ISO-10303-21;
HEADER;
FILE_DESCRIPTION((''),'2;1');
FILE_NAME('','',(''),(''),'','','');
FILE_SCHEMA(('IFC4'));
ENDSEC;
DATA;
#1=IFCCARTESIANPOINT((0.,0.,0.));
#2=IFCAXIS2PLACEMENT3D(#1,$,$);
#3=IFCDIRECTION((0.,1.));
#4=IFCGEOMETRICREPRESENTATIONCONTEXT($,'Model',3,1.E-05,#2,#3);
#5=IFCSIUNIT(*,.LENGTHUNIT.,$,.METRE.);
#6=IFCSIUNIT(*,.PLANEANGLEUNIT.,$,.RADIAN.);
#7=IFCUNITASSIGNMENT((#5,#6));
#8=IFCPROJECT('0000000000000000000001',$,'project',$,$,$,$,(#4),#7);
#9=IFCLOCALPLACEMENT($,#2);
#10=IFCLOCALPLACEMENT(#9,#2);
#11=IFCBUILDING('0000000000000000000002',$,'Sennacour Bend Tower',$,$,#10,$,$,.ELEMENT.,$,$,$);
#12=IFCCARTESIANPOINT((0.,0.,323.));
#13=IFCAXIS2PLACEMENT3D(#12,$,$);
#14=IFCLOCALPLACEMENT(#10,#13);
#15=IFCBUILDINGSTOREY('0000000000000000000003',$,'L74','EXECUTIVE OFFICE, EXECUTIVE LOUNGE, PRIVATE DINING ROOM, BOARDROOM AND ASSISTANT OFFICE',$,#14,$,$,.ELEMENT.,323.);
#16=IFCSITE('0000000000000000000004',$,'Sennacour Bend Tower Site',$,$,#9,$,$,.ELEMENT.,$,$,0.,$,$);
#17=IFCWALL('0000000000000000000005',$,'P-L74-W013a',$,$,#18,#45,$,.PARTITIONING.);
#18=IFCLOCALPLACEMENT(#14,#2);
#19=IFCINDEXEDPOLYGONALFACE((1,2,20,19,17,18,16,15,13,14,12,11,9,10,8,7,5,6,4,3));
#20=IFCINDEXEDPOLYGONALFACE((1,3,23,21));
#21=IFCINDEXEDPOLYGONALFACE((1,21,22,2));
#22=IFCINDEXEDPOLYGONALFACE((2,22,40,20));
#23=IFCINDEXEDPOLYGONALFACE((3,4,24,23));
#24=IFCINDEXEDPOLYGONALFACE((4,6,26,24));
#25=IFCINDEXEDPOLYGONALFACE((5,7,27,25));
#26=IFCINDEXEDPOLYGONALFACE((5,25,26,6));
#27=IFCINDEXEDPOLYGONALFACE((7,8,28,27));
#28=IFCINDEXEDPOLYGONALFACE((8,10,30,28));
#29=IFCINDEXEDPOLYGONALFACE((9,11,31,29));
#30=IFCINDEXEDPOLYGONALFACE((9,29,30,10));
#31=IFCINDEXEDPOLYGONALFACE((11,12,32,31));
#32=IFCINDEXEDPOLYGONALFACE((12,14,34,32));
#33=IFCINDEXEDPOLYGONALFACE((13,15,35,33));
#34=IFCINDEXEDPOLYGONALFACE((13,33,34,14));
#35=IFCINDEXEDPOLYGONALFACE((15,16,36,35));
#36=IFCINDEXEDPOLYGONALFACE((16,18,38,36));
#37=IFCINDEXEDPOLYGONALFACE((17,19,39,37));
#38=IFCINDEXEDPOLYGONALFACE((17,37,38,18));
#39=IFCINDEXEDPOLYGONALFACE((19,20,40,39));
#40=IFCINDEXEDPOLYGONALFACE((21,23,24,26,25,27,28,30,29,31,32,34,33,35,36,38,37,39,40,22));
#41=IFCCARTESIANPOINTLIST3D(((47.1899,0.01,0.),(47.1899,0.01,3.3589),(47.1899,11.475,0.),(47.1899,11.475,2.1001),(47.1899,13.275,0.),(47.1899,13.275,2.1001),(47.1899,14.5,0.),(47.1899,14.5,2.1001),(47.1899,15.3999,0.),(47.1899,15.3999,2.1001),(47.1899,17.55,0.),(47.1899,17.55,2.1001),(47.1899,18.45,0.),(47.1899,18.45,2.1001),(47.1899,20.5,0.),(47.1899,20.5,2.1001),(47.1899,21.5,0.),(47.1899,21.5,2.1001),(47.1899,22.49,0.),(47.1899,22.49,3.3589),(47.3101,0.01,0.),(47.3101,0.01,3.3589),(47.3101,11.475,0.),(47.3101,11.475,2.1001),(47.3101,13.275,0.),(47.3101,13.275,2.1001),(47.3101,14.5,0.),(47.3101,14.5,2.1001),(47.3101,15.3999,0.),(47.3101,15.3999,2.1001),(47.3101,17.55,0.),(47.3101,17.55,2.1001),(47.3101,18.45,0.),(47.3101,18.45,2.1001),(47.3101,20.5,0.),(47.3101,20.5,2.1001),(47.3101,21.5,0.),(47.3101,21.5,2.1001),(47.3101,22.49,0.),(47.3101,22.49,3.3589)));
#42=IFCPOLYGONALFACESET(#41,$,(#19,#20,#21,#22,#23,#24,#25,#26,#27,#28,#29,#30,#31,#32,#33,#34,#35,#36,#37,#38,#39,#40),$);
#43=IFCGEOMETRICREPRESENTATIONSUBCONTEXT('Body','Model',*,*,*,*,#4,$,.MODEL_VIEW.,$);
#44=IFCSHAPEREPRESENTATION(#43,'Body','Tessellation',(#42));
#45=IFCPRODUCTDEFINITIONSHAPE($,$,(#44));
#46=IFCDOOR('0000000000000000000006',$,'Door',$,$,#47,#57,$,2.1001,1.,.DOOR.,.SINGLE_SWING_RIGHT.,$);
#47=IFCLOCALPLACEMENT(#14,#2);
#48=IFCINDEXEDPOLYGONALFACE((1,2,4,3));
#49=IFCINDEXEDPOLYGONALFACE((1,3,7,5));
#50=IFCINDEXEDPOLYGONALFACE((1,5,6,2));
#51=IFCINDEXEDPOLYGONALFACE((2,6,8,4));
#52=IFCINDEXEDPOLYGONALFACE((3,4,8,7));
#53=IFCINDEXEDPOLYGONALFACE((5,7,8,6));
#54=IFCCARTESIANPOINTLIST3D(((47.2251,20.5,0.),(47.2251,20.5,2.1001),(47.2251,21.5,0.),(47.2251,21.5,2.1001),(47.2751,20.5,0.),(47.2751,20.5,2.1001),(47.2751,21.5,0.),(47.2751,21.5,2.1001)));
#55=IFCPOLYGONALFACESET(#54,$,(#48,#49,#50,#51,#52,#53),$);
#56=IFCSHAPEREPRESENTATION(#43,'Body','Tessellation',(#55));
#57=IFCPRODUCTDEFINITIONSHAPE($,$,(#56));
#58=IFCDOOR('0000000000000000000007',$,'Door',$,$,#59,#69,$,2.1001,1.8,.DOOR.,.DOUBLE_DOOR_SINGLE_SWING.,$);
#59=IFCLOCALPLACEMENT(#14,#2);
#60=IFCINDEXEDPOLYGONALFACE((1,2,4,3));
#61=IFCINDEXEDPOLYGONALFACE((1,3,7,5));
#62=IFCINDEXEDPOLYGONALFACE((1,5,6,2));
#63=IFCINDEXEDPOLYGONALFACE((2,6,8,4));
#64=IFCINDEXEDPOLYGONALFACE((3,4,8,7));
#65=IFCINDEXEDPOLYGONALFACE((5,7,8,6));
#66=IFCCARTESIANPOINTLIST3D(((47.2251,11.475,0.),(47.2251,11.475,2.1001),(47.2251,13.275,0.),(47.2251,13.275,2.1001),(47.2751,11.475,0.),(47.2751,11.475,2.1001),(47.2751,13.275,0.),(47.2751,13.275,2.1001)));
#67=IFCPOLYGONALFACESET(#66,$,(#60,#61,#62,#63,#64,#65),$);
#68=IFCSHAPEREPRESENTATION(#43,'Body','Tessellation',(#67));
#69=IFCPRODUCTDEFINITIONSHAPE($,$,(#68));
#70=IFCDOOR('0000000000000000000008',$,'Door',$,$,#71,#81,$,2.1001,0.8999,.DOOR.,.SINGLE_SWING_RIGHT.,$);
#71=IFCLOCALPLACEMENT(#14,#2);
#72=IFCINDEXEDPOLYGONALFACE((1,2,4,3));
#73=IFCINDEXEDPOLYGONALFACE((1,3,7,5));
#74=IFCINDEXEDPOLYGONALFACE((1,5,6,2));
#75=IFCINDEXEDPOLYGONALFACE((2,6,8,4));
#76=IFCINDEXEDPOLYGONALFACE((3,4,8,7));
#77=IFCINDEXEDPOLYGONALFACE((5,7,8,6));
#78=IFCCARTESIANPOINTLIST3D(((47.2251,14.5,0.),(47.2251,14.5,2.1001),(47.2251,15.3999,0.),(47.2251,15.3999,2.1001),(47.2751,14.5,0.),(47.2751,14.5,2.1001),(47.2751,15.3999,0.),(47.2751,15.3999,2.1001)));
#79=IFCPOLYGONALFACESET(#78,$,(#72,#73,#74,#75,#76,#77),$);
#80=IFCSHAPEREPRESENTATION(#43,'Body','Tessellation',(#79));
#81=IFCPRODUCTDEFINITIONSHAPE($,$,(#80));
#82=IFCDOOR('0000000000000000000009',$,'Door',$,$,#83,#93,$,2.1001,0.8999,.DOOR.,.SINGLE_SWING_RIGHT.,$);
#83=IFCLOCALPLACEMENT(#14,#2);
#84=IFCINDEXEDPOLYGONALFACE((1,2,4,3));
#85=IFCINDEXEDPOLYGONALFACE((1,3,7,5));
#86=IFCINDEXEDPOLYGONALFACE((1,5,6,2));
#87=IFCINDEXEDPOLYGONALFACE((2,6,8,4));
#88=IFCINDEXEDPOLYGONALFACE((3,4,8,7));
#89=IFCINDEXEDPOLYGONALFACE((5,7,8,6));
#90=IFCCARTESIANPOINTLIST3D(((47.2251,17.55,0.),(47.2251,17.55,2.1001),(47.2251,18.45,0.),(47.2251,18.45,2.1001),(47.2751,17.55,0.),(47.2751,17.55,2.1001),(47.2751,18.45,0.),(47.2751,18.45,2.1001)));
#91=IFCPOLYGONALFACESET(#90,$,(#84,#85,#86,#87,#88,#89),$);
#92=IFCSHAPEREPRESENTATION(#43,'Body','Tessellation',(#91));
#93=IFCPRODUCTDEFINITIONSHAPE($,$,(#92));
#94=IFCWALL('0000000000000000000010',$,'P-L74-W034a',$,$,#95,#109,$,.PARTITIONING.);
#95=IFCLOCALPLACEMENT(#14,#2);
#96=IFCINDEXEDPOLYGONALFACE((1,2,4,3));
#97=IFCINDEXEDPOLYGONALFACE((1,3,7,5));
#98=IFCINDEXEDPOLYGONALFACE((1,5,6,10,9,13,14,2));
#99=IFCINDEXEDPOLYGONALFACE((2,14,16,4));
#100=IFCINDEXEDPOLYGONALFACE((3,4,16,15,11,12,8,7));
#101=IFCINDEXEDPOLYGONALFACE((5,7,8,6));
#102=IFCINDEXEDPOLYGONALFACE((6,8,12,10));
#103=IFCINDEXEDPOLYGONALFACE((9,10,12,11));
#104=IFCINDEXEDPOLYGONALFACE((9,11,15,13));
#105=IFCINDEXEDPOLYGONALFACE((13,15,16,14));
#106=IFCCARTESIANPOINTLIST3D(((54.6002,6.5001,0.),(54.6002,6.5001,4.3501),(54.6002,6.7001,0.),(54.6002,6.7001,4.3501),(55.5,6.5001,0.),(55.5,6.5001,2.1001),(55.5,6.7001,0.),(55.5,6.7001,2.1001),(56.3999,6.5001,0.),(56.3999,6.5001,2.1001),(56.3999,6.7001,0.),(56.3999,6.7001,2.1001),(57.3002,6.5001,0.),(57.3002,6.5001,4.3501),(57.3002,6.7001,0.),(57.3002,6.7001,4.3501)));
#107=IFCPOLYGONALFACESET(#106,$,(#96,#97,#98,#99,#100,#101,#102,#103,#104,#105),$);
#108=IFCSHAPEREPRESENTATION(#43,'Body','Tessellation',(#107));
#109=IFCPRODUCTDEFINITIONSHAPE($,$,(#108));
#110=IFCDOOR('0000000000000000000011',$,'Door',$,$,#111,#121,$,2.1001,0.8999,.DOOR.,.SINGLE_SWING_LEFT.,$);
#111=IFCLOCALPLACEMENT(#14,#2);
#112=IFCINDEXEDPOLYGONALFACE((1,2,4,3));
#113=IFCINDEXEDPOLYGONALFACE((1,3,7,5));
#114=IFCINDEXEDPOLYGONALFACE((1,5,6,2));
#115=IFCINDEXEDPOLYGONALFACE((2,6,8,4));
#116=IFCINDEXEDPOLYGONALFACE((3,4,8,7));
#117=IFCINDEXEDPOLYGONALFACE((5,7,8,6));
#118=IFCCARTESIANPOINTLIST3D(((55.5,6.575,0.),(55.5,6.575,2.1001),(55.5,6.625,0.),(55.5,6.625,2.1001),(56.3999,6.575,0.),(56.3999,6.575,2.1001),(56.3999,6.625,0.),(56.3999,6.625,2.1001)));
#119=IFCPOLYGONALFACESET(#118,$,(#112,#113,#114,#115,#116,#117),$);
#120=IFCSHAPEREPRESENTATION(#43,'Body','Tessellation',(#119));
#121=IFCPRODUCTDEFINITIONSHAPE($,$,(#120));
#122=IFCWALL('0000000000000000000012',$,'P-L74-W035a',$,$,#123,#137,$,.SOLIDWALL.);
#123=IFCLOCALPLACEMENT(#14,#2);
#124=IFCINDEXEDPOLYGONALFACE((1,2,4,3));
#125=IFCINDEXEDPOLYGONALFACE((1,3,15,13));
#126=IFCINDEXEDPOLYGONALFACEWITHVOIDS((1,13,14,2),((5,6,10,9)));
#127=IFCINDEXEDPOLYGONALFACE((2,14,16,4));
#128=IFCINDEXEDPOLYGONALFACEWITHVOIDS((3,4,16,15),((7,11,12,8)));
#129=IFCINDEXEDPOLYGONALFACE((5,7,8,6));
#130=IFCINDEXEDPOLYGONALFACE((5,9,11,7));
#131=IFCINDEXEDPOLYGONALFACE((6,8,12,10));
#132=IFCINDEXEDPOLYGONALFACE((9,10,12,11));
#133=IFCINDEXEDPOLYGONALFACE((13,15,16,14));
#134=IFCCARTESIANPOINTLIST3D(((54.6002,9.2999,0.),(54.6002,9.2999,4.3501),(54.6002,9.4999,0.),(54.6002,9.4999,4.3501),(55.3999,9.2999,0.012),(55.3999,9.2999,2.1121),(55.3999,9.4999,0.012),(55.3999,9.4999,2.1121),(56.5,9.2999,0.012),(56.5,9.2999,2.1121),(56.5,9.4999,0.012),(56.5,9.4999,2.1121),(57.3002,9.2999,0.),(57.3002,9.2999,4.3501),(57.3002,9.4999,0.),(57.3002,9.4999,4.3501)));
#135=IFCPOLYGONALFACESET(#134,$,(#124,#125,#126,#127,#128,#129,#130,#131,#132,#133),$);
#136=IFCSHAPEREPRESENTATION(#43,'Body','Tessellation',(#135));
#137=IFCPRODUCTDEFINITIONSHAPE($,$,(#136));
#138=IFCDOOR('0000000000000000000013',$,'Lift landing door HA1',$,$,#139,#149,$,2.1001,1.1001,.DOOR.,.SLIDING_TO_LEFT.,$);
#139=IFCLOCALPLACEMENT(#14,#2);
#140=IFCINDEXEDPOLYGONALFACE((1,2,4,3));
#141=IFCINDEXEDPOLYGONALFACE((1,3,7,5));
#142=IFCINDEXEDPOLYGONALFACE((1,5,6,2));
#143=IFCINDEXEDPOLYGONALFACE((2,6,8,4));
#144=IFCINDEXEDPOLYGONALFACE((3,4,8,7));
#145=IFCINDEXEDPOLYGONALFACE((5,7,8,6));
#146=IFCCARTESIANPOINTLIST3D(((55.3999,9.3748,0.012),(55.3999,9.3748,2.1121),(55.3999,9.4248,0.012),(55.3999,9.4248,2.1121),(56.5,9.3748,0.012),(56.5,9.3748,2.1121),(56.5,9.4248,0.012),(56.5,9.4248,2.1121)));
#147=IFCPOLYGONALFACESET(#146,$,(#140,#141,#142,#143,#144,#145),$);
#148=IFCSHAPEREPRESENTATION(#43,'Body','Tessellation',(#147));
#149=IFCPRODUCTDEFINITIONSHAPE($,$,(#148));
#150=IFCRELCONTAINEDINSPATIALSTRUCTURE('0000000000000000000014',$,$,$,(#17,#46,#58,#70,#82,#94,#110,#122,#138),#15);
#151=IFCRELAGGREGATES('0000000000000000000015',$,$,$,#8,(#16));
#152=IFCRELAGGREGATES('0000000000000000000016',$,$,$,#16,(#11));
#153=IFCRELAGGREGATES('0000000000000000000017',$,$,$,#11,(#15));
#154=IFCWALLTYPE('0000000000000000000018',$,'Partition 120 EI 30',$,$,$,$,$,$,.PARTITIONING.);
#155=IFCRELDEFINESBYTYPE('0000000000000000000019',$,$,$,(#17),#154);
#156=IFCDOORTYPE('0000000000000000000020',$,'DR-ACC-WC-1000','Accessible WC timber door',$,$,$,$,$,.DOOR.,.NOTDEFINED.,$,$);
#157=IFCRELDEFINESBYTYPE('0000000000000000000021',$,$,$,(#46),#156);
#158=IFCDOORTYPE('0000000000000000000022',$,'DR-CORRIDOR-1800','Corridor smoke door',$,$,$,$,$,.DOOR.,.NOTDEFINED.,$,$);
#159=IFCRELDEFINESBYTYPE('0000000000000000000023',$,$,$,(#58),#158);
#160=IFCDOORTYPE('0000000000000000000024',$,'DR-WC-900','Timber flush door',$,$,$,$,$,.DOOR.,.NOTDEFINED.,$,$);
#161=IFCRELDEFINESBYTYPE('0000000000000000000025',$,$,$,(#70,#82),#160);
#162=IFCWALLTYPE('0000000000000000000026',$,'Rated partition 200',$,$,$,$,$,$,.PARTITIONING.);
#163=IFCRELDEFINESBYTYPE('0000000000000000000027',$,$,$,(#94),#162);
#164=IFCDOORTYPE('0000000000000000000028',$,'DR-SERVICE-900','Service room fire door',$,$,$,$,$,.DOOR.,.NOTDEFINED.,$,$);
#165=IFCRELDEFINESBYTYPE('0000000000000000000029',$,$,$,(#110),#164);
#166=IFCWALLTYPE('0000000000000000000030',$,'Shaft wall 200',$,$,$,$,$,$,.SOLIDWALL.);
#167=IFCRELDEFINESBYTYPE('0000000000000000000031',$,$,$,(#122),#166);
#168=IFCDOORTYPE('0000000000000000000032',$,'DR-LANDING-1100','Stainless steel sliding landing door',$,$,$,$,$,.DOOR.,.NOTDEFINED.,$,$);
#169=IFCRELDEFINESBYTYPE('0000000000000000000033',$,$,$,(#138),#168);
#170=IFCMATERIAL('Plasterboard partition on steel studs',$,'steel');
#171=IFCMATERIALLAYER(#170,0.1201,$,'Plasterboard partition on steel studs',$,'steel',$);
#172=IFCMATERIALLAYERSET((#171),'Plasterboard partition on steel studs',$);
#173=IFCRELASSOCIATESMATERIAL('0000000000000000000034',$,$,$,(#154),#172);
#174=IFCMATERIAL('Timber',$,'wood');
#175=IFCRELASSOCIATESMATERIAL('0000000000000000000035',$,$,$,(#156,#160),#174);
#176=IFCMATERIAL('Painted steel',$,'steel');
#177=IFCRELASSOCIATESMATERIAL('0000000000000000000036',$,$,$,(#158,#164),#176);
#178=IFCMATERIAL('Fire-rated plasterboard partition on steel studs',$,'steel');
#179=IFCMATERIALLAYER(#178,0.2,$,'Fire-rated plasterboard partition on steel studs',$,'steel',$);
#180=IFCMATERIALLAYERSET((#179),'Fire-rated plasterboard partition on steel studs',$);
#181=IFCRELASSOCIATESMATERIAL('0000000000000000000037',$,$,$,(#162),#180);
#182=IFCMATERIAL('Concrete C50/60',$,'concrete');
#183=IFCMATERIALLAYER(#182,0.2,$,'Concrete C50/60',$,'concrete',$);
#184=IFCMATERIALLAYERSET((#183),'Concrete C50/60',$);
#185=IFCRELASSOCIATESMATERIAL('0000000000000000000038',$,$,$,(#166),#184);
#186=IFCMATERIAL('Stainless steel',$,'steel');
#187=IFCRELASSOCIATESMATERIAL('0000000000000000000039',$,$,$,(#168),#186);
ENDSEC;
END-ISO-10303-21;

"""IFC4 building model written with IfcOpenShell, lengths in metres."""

from ifc_helpers import new_model, si_unit, direction, frame, frame_2d, origin, place, context, subcontext, project, spatial, rectangle, extrude, material, layer, layer_set, type_object, element, fill, save


model = new_model("IFC4")

# Units and contexts
model_context = context("Model", 3, precision=1e-05, world=origin(), true_north=direction((0.0, 1.0)))
body_context = subcontext(model_context, "Body", "Model", "MODEL_VIEW")
ifc_project = project(units=[si_unit("LENGTHUNIT", "METRE"), si_unit("PLANEANGLEUNIT", "RADIAN")], contexts=[model_context])

# Site, building, storey
site_placement = place(None, origin())
site = spatial("IfcSite", under=ifc_project, at=site_placement, Name="Sennacour Bend Tower Site", CompositionType="ELEMENT", RefElevation=0.0)
building_placement = place(site_placement, origin())
building = spatial("IfcBuilding", under=site, at=building_placement, Name="Sennacour Bend Tower", CompositionType="ELEMENT")
storey_placement = place(building_placement, frame((0.0, 0.0, 323.0)))
storey = spatial("IfcBuildingStorey", under=building, at=storey_placement, Name="L74", Description="EXECUTIVE OFFICE, EXECUTIVE LOUNGE, PRIVATE DINING ROOM, BOARDROOM AND ASSISTANT OFFICE", CompositionType="ELEMENT", Elevation=323.0)

# Wall, openings, doors
ifc_material_1 = material(Name="Concrete C50/60", Category="concrete")
ifc_material_2 = material(Name="Painted steel", Category="steel")
ifc_material_3 = material(Name="Plasterboard partition on steel studs", Category="steel")
ifc_layer_1 = layer(ifc_material_3, 0.1201, Name="Plasterboard partition on steel studs", Category="steel")
ifc_layer_set_1 = layer_set([ifc_layer_1], Name="Plasterboard partition on steel studs")
wall_type_1 = type_object("IfcWallType", Name="Partition 120 EI 30", PredefinedType="PARTITIONING", material=ifc_layer_set_1)
wall_1_placement = place(storey_placement, frame((47.25, 0.01, 0.0), z_axis=(0.0, 0.0, 1.0), x_axis=(0.0, 1.0, 0.0)))
wall_1 = element("IfcWall", 1, at=wall_1_placement, inside=storey, type_object=wall_type_1, Name="P-L74-W013a", PredefinedType="PARTITIONING", context=body_context, shape_type="SweptSolid", body=[
    extrude(rectangle(XDim=22.48, YDim=0.1201, at=frame_2d((11.24, 0.0))), origin(), (0.0, 0.0, 1.0), 3.3589),
])
opening_1_placement = place(wall_1_placement, frame((11.4651, 0.0, 0.0)))
opening_1 = element("IfcOpeningElement", 2, at=opening_1_placement, cuts=wall_1, PredefinedType="OPENING", context=body_context, shape_type="SweptSolid", body=[
    extrude(rectangle(XDim=1.8, YDim=2.1001, at=frame_2d((0.8999, 1.05))), frame((0.0, 0.0701, 0.0), z_axis=(0.0, -1.0, 0.0), x_axis=(1.0, 0.0, 0.0)), (0.0, 0.0, 1.0), 0.1401),
])
opening_2_placement = place(wall_1_placement, frame((14.49, 0.0, 0.0)))
opening_2 = element("IfcOpeningElement", 3, at=opening_2_placement, cuts=wall_1, PredefinedType="OPENING", context=body_context, shape_type="SweptSolid", body=[
    extrude(rectangle(XDim=0.8999, YDim=2.1001, at=frame_2d((0.45, 1.05))), frame((0.0, 0.0701, 0.0), z_axis=(0.0, -1.0, 0.0), x_axis=(1.0, 0.0, 0.0)), (0.0, 0.0, 1.0), 0.1401),
])
opening_3_placement = place(wall_1_placement, frame((17.54, 0.0, 0.0)))
opening_3 = element("IfcOpeningElement", 4, at=opening_3_placement, cuts=wall_1, PredefinedType="OPENING", context=body_context, shape_type="SweptSolid", body=[
    extrude(rectangle(XDim=0.8999, YDim=2.1001, at=frame_2d((0.45, 1.05))), frame((0.0, 0.0701, 0.0), z_axis=(0.0, -1.0, 0.0), x_axis=(1.0, 0.0, 0.0)), (0.0, 0.0, 1.0), 0.1401),
])
opening_4_placement = place(wall_1_placement, frame((20.49, 0.0, 0.0)))
opening_4 = element("IfcOpeningElement", 5, at=opening_4_placement, cuts=wall_1, PredefinedType="OPENING", context=body_context, shape_type="SweptSolid", body=[
    extrude(rectangle(XDim=1.0, YDim=2.1001, at=frame_2d((0.5, 1.05))), frame((0.0, 0.0701, 0.0), z_axis=(0.0, -1.0, 0.0), x_axis=(1.0, 0.0, 0.0)), (0.0, 0.0, 1.0), 0.1401),
])
ifc_material_4 = material(Name="Timber", Category="wood")
door_type_1 = type_object("IfcDoorType", Name="DR-ACC-WC-1000", Description="Accessible WC timber door", OperationType="NOTDEFINED", PredefinedType="DOOR", material=ifc_material_4)
door_1_placement = place(opening_4_placement, origin())
door_1 = element("IfcDoor", 6, at=door_1_placement, inside=storey, type_object=door_type_1, Name="Door", OperationType="SINGLE_SWING_RIGHT", OverallHeight=2.1001, OverallWidth=1.0, PredefinedType="DOOR", context=body_context, shape_type="SweptSolid", body=[
    extrude(rectangle(XDim=1.0, YDim=2.1001, at=frame_2d((0.5, 1.05))), frame((0.0, 0.0249, 0.0), z_axis=(0.0, -1.0, 0.0), x_axis=(1.0, 0.0, 0.0)), (0.0, 0.0, 1.0), 0.05),
])
fill(opening_4, door_1)
door_type_2 = type_object("IfcDoorType", Name="DR-CORRIDOR-1800", Description="Corridor smoke door", OperationType="NOTDEFINED", PredefinedType="DOOR", material=ifc_material_2)
door_2_placement = place(opening_1_placement, origin())
door_2 = element("IfcDoor", 7, at=door_2_placement, inside=storey, type_object=door_type_2, Name="Door", OperationType="DOUBLE_DOOR_SINGLE_SWING", OverallHeight=2.1001, OverallWidth=1.8, PredefinedType="DOOR", context=body_context, shape_type="SweptSolid", body=[
    extrude(rectangle(XDim=1.8, YDim=2.1001, at=frame_2d((0.8999, 1.05))), frame((0.0, 0.0249, 0.0), z_axis=(0.0, -1.0, 0.0), x_axis=(1.0, 0.0, 0.0)), (0.0, 0.0, 1.0), 0.05),
])
fill(opening_1, door_2)
door_type_3 = type_object("IfcDoorType", Name="DR-WC-900", Description="Timber flush door", OperationType="NOTDEFINED", PredefinedType="DOOR", material=ifc_material_4)
door_3_placement = place(opening_2_placement, origin())
door_3 = element("IfcDoor", 8, at=door_3_placement, inside=storey, type_object=door_type_3, Name="Door", OperationType="SINGLE_SWING_RIGHT", OverallHeight=2.1001, OverallWidth=0.8999, PredefinedType="DOOR", context=body_context, shape_type="SweptSolid", body=[
    extrude(rectangle(XDim=0.8999, YDim=2.1001, at=frame_2d((0.45, 1.05))), frame((0.0, 0.0249, 0.0), z_axis=(0.0, -1.0, 0.0), x_axis=(1.0, 0.0, 0.0)), (0.0, 0.0, 1.0), 0.05),
])
fill(opening_2, door_3)
door_4_placement = place(opening_3_placement, origin())
door_4 = element("IfcDoor", 9, at=door_4_placement, inside=storey, type_object=door_type_3, Name="Door", OperationType="SINGLE_SWING_RIGHT", OverallHeight=2.1001, OverallWidth=0.8999, PredefinedType="DOOR", context=body_context, shape_type="SweptSolid", body=[
    extrude(rectangle(XDim=0.8999, YDim=2.1001, at=frame_2d((0.45, 1.05))), frame((0.0, 0.0249, 0.0), z_axis=(0.0, -1.0, 0.0), x_axis=(1.0, 0.0, 0.0)), (0.0, 0.0, 1.0), 0.05),
])
fill(opening_3, door_4)

# Walls, openings, doors
ifc_material_5 = material(Name="Fire-rated plasterboard partition on steel studs", Category="steel")
ifc_layer_2 = layer(ifc_material_5, 0.2, Name="Fire-rated plasterboard partition on steel studs", Category="steel")
ifc_layer_set_2 = layer_set([ifc_layer_2], Name="Fire-rated plasterboard partition on steel studs")
wall_type_2 = type_object("IfcWallType", Name="Rated partition 200", PredefinedType="PARTITIONING", material=ifc_layer_set_2)
wall_2_placement = place(storey_placement, frame((54.6001, 6.6001, 0.0), z_axis=(0.0, 0.0, 1.0), x_axis=(1.0, 0.0, 0.0)))
wall_2 = element("IfcWall", 10, at=wall_2_placement, inside=storey, type_object=wall_type_2, Name="P-L74-W034a", PredefinedType="PARTITIONING", context=body_context, shape_type="SweptSolid", body=[
    extrude(rectangle(XDim=2.7, YDim=0.2, at=frame_2d((1.3501, 0.0))), origin(), (0.0, 0.0, 1.0), 4.3501),
])
opening_5_placement = place(wall_2_placement, frame((0.8999, 0.0, 0.0)))
opening_5 = element("IfcOpeningElement", 11, at=opening_5_placement, cuts=wall_2, PredefinedType="OPENING", context=body_context, shape_type="SweptSolid", body=[
    extrude(rectangle(XDim=0.8999, YDim=2.1001, at=frame_2d((0.45, 1.05))), frame((0.0, 0.1099, 0.0), z_axis=(0.0, -1.0, 0.0), x_axis=(1.0, 0.0, 0.0)), (0.0, 0.0, 1.0), 0.22),
])
door_type_4 = type_object("IfcDoorType", Name="DR-SERVICE-900", Description="Service room fire door", OperationType="NOTDEFINED", PredefinedType="DOOR", material=ifc_material_2)
door_5_placement = place(opening_5_placement, origin())
door_5 = element("IfcDoor", 12, at=door_5_placement, inside=storey, type_object=door_type_4, Name="Door", OperationType="SINGLE_SWING_LEFT", OverallHeight=2.1001, OverallWidth=0.8999, PredefinedType="DOOR", context=body_context, shape_type="SweptSolid", body=[
    extrude(rectangle(XDim=0.8999, YDim=2.1001, at=frame_2d((0.45, 1.05))), frame((0.0, 0.0249, 0.0), z_axis=(0.0, -1.0, 0.0), x_axis=(1.0, 0.0, 0.0)), (0.0, 0.0, 1.0), 0.05),
])
fill(opening_5, door_5)
ifc_layer_3 = layer(ifc_material_1, 0.2, Name="Concrete C50/60", Category="concrete")
ifc_layer_set_3 = layer_set([ifc_layer_3], Name="Concrete C50/60")
wall_type_3 = type_object("IfcWallType", Name="Shaft wall 200", PredefinedType="SOLIDWALL", material=ifc_layer_set_3)
wall_3_placement = place(storey_placement, frame((54.6001, 9.3999, 0.0), z_axis=(0.0, 0.0, 1.0), x_axis=(1.0, 0.0, 0.0)))
wall_3 = element("IfcWall", 13, at=wall_3_placement, inside=storey, type_object=wall_type_3, Name="P-L74-W035a", PredefinedType="SOLIDWALL", context=body_context, shape_type="SweptSolid", body=[
    extrude(rectangle(XDim=2.7, YDim=0.2, at=frame_2d((1.3501, 0.0))), origin(), (0.0, 0.0, 1.0), 4.3501),
])
opening_6_placement = place(wall_3_placement, frame((0.7998, 0.0, 0.012)))
opening_6 = element("IfcOpeningElement", 14, at=opening_6_placement, cuts=wall_3, PredefinedType="OPENING", context=body_context, shape_type="SweptSolid", body=[
    extrude(rectangle(XDim=1.1001, YDim=2.1001, at=frame_2d((0.55, 1.05))), frame((0.0, 0.1099, 0.0), z_axis=(0.0, -1.0, 0.0), x_axis=(1.0, 0.0, 0.0)), (0.0, 0.0, 1.0), 0.22),
])
ifc_material_6 = material(Name="Stainless steel", Category="steel")
door_type_5 = type_object("IfcDoorType", Name="DR-LANDING-1100", Description="Stainless steel sliding landing door", OperationType="NOTDEFINED", PredefinedType="DOOR", material=ifc_material_6)
door_6_placement = place(opening_6_placement, origin())
door_6 = element("IfcDoor", 15, at=door_6_placement, inside=storey, type_object=door_type_5, Name="Lift landing door HA1", OperationType="SLIDING_TO_LEFT", OverallHeight=2.1001, OverallWidth=1.1001, PredefinedType="DOOR", context=body_context, shape_type="SweptSolid", body=[
    extrude(rectangle(XDim=1.1001, YDim=2.1001, at=frame_2d((0.55, 1.05))), frame((0.0, 0.0249, 0.0), z_axis=(0.0, -1.0, 0.0), x_axis=(1.0, 0.0, 0.0)), (0.0, 0.0, 1.0), 0.05),
])
fill(opening_6, door_6)

save(model, "model.ifc")
